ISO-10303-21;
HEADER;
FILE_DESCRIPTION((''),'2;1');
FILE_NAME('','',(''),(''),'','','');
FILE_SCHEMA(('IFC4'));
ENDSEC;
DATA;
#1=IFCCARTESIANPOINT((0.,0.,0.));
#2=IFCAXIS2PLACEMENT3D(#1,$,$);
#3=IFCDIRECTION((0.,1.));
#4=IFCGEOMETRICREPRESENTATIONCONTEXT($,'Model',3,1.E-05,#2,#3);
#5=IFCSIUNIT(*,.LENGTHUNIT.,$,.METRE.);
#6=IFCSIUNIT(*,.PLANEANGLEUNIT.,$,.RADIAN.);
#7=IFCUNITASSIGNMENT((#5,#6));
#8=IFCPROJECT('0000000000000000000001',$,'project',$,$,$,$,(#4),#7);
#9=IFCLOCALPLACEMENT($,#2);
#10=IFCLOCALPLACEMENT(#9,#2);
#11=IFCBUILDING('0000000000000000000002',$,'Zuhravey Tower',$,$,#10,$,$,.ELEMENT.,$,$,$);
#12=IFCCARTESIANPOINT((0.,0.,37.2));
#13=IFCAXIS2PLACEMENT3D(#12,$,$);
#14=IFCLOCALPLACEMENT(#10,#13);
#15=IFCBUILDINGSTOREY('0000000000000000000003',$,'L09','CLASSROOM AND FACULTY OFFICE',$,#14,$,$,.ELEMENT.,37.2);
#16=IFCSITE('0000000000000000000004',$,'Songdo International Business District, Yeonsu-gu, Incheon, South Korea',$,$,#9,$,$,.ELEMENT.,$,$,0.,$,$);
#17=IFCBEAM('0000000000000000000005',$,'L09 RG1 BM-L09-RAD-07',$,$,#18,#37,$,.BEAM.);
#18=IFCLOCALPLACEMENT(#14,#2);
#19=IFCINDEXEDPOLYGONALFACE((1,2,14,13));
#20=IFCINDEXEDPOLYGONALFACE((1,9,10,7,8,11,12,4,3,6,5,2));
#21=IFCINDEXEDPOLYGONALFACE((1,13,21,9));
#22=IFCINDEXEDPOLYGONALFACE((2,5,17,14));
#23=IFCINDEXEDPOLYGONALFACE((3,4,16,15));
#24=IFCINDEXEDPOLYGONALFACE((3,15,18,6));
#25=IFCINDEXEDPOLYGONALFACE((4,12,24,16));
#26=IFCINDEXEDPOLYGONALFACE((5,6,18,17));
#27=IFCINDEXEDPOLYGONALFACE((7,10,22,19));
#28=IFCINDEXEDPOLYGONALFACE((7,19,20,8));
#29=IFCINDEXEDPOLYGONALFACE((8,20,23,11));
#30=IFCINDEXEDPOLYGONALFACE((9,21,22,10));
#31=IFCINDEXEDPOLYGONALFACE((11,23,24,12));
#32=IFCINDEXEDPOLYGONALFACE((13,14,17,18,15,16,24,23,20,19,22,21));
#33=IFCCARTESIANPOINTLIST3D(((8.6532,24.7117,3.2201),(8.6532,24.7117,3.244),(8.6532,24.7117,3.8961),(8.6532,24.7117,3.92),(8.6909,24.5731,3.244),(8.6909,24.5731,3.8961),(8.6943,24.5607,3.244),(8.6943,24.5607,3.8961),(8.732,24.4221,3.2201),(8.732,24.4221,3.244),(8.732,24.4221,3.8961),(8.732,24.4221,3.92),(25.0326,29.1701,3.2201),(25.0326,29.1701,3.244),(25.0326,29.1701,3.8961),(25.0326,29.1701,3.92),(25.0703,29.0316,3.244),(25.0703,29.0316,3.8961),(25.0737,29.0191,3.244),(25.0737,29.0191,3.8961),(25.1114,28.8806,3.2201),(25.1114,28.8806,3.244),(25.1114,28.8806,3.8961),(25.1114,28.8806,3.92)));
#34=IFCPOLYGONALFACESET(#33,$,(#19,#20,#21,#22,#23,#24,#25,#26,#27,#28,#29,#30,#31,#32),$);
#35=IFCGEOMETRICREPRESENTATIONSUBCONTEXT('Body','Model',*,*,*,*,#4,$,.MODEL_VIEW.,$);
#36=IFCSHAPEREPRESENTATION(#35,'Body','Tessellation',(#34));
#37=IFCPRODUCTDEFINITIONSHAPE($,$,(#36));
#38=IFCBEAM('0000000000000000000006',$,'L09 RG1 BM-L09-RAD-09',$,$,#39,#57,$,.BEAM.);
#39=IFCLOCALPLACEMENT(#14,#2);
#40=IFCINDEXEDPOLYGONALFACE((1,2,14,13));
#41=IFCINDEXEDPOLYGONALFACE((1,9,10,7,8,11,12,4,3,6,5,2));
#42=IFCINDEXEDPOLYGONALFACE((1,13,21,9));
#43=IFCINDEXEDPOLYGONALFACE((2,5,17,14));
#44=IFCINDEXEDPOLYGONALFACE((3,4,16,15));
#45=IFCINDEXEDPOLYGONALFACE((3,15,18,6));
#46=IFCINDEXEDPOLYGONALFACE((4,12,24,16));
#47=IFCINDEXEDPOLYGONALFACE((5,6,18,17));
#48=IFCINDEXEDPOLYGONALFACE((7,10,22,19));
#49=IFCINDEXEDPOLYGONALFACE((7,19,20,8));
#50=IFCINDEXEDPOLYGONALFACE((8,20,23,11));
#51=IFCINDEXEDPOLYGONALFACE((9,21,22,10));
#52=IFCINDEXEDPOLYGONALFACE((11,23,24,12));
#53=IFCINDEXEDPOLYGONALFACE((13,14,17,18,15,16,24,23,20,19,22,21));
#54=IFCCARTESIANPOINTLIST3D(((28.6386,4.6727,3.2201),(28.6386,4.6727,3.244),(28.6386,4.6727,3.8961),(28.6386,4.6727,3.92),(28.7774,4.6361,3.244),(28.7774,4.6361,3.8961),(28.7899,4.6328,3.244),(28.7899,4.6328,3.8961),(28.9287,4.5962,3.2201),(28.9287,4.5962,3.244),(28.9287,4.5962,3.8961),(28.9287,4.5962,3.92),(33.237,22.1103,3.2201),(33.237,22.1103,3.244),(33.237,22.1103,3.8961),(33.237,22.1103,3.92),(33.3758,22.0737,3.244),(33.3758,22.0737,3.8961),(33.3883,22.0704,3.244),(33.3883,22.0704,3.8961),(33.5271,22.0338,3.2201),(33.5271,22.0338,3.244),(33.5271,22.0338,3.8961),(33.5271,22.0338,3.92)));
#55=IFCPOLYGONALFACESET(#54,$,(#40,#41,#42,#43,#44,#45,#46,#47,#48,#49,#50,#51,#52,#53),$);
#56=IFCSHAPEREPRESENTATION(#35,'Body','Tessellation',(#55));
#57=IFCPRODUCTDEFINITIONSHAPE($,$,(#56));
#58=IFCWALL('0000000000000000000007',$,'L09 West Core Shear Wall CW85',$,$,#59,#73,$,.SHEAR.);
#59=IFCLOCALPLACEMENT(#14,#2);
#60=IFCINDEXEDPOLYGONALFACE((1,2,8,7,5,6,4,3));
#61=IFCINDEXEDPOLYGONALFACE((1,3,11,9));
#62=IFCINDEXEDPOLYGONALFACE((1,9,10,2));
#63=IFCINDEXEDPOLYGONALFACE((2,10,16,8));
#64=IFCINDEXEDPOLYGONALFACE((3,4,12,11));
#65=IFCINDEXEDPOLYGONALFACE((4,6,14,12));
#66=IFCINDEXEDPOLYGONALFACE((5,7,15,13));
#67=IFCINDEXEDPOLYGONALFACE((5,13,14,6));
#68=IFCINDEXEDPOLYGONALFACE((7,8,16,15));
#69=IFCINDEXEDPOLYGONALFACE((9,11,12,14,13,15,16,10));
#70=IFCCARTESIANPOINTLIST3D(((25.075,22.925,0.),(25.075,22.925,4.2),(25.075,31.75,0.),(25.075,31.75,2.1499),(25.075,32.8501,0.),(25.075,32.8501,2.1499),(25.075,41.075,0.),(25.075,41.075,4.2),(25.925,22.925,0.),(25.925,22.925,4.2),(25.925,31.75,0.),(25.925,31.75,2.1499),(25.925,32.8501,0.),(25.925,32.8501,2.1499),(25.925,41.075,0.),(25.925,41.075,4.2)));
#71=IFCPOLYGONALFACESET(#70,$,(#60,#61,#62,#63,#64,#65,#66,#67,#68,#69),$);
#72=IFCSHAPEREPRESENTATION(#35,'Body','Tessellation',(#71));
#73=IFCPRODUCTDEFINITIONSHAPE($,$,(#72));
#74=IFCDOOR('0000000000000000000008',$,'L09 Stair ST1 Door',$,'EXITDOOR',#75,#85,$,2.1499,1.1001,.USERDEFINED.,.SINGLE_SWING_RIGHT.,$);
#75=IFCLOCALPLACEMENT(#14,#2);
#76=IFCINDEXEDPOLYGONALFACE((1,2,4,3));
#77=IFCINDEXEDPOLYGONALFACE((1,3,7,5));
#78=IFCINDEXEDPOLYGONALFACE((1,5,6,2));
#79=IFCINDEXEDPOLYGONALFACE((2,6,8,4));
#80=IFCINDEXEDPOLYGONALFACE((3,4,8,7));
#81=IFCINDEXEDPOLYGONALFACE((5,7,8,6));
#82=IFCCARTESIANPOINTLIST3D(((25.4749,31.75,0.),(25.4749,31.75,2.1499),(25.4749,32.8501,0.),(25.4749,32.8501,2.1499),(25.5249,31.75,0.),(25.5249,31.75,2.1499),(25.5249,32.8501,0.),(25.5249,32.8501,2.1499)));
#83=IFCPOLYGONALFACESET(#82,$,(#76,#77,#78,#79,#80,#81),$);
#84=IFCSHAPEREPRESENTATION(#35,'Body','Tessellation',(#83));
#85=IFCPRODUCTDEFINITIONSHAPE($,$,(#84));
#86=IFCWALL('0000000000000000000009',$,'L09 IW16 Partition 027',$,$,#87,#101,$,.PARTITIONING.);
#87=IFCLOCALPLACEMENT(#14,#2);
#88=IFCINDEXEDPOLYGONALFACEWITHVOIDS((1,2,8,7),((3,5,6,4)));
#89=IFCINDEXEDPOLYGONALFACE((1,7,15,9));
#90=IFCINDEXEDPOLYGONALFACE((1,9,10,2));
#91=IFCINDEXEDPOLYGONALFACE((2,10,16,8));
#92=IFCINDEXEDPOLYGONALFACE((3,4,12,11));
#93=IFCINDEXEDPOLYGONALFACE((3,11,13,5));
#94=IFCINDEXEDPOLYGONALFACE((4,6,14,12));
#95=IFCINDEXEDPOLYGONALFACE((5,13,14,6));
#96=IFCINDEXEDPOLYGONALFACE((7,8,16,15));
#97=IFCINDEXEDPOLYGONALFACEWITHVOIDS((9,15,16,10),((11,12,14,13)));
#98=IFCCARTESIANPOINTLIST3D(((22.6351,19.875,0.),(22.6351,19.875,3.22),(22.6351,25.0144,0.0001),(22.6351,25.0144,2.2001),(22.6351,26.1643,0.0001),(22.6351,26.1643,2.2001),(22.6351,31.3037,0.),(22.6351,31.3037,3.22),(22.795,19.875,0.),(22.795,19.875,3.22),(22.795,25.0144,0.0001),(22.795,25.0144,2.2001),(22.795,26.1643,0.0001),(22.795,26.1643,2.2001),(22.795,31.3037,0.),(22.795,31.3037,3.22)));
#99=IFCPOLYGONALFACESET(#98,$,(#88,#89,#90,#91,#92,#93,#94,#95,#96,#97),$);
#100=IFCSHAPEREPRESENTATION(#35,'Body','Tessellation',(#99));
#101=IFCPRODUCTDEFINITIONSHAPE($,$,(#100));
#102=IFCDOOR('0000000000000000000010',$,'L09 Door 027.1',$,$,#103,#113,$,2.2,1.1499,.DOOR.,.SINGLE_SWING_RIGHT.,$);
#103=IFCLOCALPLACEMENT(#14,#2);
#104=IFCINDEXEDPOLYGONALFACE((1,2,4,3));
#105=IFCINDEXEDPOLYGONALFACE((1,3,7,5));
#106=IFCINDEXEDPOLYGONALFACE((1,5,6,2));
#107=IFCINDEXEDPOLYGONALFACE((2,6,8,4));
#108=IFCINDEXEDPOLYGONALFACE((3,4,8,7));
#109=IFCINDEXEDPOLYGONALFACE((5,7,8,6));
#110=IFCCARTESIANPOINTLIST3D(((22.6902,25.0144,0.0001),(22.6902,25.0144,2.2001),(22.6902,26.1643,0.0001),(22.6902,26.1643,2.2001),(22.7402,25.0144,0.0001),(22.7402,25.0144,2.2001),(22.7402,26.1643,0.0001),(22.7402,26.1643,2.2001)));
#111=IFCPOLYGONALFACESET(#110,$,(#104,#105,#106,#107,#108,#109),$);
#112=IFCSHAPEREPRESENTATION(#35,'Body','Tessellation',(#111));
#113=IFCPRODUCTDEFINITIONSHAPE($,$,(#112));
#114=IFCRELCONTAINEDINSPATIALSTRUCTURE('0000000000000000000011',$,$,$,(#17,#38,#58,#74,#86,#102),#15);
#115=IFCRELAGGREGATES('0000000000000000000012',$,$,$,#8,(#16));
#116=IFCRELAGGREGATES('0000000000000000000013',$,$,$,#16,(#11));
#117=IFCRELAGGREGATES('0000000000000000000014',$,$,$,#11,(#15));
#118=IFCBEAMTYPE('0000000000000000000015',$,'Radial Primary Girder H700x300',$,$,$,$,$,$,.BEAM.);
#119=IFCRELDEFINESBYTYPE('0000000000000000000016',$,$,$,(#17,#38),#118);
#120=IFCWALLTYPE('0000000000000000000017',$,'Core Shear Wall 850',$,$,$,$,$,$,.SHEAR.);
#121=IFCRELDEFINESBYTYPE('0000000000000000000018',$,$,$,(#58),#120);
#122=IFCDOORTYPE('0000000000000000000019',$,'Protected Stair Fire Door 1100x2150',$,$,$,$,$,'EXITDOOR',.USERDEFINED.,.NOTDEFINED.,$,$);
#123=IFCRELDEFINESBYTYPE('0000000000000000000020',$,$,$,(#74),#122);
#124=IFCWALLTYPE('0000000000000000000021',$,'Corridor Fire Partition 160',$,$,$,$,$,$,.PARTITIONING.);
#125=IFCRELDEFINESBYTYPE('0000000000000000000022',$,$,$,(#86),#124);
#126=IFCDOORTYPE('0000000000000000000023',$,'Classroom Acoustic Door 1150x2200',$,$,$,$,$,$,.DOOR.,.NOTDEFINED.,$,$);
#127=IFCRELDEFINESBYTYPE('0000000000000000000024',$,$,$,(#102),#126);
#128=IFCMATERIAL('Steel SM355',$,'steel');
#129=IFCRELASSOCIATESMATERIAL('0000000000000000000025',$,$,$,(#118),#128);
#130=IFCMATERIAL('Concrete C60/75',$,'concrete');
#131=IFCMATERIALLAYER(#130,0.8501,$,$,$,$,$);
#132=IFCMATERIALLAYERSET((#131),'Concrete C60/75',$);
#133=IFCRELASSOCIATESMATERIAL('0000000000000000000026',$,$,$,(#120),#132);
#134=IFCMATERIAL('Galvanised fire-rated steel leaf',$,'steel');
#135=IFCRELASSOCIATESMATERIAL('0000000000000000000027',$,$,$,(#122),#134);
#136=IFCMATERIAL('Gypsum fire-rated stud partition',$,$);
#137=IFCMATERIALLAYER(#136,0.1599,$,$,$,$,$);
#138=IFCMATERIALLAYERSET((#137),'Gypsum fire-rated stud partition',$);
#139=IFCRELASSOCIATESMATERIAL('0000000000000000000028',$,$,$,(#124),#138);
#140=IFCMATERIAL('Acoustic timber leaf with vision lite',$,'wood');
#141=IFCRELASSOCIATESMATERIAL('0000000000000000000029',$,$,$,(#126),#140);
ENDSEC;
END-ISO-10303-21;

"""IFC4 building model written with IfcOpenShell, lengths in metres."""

from ifc_helpers import new_model, si_unit, direction, frame, frame_2d, origin, origin_2d, place, context, subcontext, project, spatial, rectangle, i_section, extrude, material, layer, layer_set, material_profile, profile_set, type_object, element, fill, save


model = new_model("IFC4")

# Units and contexts
model_context = context("Model", 3, precision=1e-05, world=origin(), true_north=direction((0.0, 1.0)))
body_context = subcontext(model_context, "Body", "Model", "MODEL_VIEW")
ifc_project = project(units=[si_unit("LENGTHUNIT", "METRE"), si_unit("PLANEANGLEUNIT", "RADIAN")], contexts=[model_context])

# Site, building, storey
site_placement = place(None, origin())
site = spatial("IfcSite", under=ifc_project, at=site_placement, Name="Songdo International Business District, Yeonsu-gu, Incheon, South Korea", CompositionType="ELEMENT", RefElevation=0.0)
building_placement = place(site_placement, origin())
building = spatial("IfcBuilding", under=site, at=building_placement, Name="Zuhravey Tower", CompositionType="ELEMENT")
storey_placement = place(building_placement, frame((0.0, 0.0, 37.2)))
storey = spatial("IfcBuildingStorey", under=building, at=storey_placement, Name="L09", Description="CLASSROOM AND FACULTY OFFICE", CompositionType="ELEMENT", Elevation=37.2)

# Beams
ifc_material_1 = material(Name="Steel SM355", Category="steel")
ifc_material_profile = material_profile(ifc_material_1, i_section(OverallWidth=0.3, OverallDepth=0.7, WebThickness=0.0129, FlangeThickness=0.0239, at=origin_2d()), Name="H-700x300x13x24")
ifc_profile_set = profile_set([ifc_material_profile], Name="Steel SM355")
beam_type = type_object("IfcBeamType", Name="Radial Primary Girder H700x300", PredefinedType="BEAM", material=ifc_profile_set)
beam_1_placement = place(storey_placement, frame((25.072, 29.0254, 3.5701), z_axis=(-0.964892, -0.262645, 0.0), x_axis=(0.262645, -0.964892, 0.0)))
element("IfcBeam", 1, at=beam_1_placement, inside=storey, type_object=beam_type, Name="L09 RG1 BM-L09-RAD-07", PredefinedType="BEAM", context=body_context, shape_type="SweptSolid", body=[
    extrude(i_section(OverallWidth=0.3, OverallDepth=0.7, WebThickness=0.0129, FlangeThickness=0.0239, at=origin_2d()), origin(), (0.0, 0.0, 1.0), 16.9753),
])
beam_2_placement = place(storey_placement, frame((33.3821, 22.072, 3.5701), z_axis=(-0.25499, -0.966944, 0.0), x_axis=(0.966944, -0.25499, 0.0)))
element("IfcBeam", 2, at=beam_2_placement, inside=storey, type_object=beam_type, Name="L09 RG1 BM-L09-RAD-09", PredefinedType="BEAM", context=body_context, shape_type="SweptSolid", body=[
    extrude(i_section(OverallWidth=0.3, OverallDepth=0.7, WebThickness=0.0129, FlangeThickness=0.0239, at=origin_2d()), origin(), (0.0, 0.0, 1.0), 18.0337),
])

# Walls, openings, doors
ifc_material_2 = material(Name="Concrete C60/75", Category="concrete")
ifc_layer_1 = layer(ifc_material_2, 0.8501)
ifc_layer_set_1 = layer_set([ifc_layer_1], Name="Concrete C60/75")
wall_type_1 = type_object("IfcWallType", Name="Core Shear Wall 850", PredefinedType="SHEAR", material=ifc_layer_set_1)
ifc_material_3 = material(Name="Galvanised fire-rated steel leaf", Category="steel")
wall_1_placement = place(storey_placement, frame((25.5, 22.925, 0.0), z_axis=(0.0, 0.0, 1.0), x_axis=(0.0, 1.0, 0.0)))
wall_1 = element("IfcWall", 3, at=wall_1_placement, inside=storey, type_object=wall_type_1, Name="L09 West Core Shear Wall CW85", PredefinedType="SHEAR", context=body_context, shape_type="SweptSolid", body=[
    extrude(rectangle(XDim=18.1499, YDim=0.8501, at=frame_2d((9.075, 0.0))), origin(), (0.0, 0.0, 1.0), 4.2),
])
opening_1_placement = place(wall_1_placement, frame((8.825, 0.0, 0.0)))
opening_1 = element("IfcOpeningElement", 4, at=opening_1_placement, cuts=wall_1, PredefinedType="OPENING", context=body_context, shape_type="SweptSolid", body=[
    extrude(rectangle(XDim=1.1001, YDim=2.1499, at=frame_2d((0.55, 1.075))), frame((0.0, 0.437, 0.0), z_axis=(0.0, -1.0, 0.0), x_axis=(1.0, 0.0, 0.0)), (0.0, 0.0, 1.0), 0.874),
])
door_type_1 = type_object("IfcDoorType", Name="Protected Stair Fire Door 1100x2150", ElementType="EXITDOOR", OperationType="NOTDEFINED", PredefinedType="USERDEFINED", material=ifc_material_3)
door_1_placement = place(opening_1_placement, frame((1.1001, 0.0, 0.0), z_axis=(0.0, 0.0, 1.0), x_axis=(-1.0, 0.0, 0.0)))
door_1 = element("IfcDoor", 5, at=door_1_placement, inside=storey, type_object=door_type_1, Name="L09 Stair ST1 Door", ObjectType="EXITDOOR", OperationType="SINGLE_SWING_RIGHT", OverallHeight=2.1499, OverallWidth=1.1001, PredefinedType="USERDEFINED", context=body_context, shape_type="SweptSolid", body=[
    extrude(rectangle(XDim=1.1001, YDim=2.1499, at=frame_2d((0.55, 1.075))), frame((0.0, 0.0249, 0.0), z_axis=(0.0, -1.0, 0.0), x_axis=(1.0, 0.0, 0.0)), (0.0, 0.0, 1.0), 0.05),
])
fill(opening_1, door_1)
ifc_material_4 = material(Name="Gypsum fire-rated stud partition")
ifc_layer_2 = layer(ifc_material_4, 0.1599)
ifc_layer_set_2 = layer_set([ifc_layer_2], Name="Gypsum fire-rated stud partition")
wall_type_2 = type_object("IfcWallType", Name="Corridor Fire Partition 160", PredefinedType="PARTITIONING", material=ifc_layer_set_2)
wall_2_placement = place(storey_placement, frame((22.7151, 31.3037, 0.0), z_axis=(0.0, 0.0, 1.0), x_axis=(0.0, -1.0, 0.0)))
wall_2 = element("IfcWall", 6, at=wall_2_placement, inside=storey, type_object=wall_type_2, Name="L09 IW16 Partition 027", PredefinedType="PARTITIONING", context=body_context, shape_type="SweptSolid", body=[
    extrude(rectangle(XDim=11.4287, YDim=0.1599, at=frame_2d((5.7144, 0.0))), origin(), (0.0, 0.0, 1.0), 3.22),
])
opening_2_placement = place(wall_2_placement, frame((5.1394, 0.0, 0.0)))
opening_2 = element("IfcOpeningElement", 7, at=opening_2_placement, cuts=wall_2, PredefinedType="OPENING", context=body_context, shape_type="SweptSolid", body=[
    extrude(rectangle(XDim=1.1499, YDim=2.2, at=frame_2d((0.575, 1.1001))), frame((0.0, 0.092, 0.0), z_axis=(0.0, -1.0, 0.0), x_axis=(1.0, 0.0, 0.0)), (0.0, 0.0, 1.0), 0.1838),
])
ifc_material_5 = material(Name="Acoustic timber leaf with vision lite", Category="wood")
door_type_2 = type_object("IfcDoorType", Name="Classroom Acoustic Door 1150x2200", OperationType="NOTDEFINED", PredefinedType="DOOR", material=ifc_material_5)
door_2_placement = place(opening_2_placement, frame((1.1499, 0.0, 0.0), z_axis=(0.0, 0.0, 1.0), x_axis=(-1.0, 0.0, 0.0)))
door_2 = element("IfcDoor", 8, at=door_2_placement, inside=storey, type_object=door_type_2, Name="L09 Door 027.1", OperationType="SINGLE_SWING_RIGHT", OverallHeight=2.2, OverallWidth=1.1499, PredefinedType="DOOR", context=body_context, shape_type="SweptSolid", body=[
    extrude(rectangle(XDim=1.1499, YDim=2.2, at=frame_2d((0.575, 1.1001))), frame((0.0, 0.0249, 0.0), z_axis=(0.0, -1.0, 0.0), x_axis=(1.0, 0.0, 0.0)), (0.0, 0.0, 1.0), 0.05),
])
fill(opening_2, door_2)

save(model, "model.ifc")
